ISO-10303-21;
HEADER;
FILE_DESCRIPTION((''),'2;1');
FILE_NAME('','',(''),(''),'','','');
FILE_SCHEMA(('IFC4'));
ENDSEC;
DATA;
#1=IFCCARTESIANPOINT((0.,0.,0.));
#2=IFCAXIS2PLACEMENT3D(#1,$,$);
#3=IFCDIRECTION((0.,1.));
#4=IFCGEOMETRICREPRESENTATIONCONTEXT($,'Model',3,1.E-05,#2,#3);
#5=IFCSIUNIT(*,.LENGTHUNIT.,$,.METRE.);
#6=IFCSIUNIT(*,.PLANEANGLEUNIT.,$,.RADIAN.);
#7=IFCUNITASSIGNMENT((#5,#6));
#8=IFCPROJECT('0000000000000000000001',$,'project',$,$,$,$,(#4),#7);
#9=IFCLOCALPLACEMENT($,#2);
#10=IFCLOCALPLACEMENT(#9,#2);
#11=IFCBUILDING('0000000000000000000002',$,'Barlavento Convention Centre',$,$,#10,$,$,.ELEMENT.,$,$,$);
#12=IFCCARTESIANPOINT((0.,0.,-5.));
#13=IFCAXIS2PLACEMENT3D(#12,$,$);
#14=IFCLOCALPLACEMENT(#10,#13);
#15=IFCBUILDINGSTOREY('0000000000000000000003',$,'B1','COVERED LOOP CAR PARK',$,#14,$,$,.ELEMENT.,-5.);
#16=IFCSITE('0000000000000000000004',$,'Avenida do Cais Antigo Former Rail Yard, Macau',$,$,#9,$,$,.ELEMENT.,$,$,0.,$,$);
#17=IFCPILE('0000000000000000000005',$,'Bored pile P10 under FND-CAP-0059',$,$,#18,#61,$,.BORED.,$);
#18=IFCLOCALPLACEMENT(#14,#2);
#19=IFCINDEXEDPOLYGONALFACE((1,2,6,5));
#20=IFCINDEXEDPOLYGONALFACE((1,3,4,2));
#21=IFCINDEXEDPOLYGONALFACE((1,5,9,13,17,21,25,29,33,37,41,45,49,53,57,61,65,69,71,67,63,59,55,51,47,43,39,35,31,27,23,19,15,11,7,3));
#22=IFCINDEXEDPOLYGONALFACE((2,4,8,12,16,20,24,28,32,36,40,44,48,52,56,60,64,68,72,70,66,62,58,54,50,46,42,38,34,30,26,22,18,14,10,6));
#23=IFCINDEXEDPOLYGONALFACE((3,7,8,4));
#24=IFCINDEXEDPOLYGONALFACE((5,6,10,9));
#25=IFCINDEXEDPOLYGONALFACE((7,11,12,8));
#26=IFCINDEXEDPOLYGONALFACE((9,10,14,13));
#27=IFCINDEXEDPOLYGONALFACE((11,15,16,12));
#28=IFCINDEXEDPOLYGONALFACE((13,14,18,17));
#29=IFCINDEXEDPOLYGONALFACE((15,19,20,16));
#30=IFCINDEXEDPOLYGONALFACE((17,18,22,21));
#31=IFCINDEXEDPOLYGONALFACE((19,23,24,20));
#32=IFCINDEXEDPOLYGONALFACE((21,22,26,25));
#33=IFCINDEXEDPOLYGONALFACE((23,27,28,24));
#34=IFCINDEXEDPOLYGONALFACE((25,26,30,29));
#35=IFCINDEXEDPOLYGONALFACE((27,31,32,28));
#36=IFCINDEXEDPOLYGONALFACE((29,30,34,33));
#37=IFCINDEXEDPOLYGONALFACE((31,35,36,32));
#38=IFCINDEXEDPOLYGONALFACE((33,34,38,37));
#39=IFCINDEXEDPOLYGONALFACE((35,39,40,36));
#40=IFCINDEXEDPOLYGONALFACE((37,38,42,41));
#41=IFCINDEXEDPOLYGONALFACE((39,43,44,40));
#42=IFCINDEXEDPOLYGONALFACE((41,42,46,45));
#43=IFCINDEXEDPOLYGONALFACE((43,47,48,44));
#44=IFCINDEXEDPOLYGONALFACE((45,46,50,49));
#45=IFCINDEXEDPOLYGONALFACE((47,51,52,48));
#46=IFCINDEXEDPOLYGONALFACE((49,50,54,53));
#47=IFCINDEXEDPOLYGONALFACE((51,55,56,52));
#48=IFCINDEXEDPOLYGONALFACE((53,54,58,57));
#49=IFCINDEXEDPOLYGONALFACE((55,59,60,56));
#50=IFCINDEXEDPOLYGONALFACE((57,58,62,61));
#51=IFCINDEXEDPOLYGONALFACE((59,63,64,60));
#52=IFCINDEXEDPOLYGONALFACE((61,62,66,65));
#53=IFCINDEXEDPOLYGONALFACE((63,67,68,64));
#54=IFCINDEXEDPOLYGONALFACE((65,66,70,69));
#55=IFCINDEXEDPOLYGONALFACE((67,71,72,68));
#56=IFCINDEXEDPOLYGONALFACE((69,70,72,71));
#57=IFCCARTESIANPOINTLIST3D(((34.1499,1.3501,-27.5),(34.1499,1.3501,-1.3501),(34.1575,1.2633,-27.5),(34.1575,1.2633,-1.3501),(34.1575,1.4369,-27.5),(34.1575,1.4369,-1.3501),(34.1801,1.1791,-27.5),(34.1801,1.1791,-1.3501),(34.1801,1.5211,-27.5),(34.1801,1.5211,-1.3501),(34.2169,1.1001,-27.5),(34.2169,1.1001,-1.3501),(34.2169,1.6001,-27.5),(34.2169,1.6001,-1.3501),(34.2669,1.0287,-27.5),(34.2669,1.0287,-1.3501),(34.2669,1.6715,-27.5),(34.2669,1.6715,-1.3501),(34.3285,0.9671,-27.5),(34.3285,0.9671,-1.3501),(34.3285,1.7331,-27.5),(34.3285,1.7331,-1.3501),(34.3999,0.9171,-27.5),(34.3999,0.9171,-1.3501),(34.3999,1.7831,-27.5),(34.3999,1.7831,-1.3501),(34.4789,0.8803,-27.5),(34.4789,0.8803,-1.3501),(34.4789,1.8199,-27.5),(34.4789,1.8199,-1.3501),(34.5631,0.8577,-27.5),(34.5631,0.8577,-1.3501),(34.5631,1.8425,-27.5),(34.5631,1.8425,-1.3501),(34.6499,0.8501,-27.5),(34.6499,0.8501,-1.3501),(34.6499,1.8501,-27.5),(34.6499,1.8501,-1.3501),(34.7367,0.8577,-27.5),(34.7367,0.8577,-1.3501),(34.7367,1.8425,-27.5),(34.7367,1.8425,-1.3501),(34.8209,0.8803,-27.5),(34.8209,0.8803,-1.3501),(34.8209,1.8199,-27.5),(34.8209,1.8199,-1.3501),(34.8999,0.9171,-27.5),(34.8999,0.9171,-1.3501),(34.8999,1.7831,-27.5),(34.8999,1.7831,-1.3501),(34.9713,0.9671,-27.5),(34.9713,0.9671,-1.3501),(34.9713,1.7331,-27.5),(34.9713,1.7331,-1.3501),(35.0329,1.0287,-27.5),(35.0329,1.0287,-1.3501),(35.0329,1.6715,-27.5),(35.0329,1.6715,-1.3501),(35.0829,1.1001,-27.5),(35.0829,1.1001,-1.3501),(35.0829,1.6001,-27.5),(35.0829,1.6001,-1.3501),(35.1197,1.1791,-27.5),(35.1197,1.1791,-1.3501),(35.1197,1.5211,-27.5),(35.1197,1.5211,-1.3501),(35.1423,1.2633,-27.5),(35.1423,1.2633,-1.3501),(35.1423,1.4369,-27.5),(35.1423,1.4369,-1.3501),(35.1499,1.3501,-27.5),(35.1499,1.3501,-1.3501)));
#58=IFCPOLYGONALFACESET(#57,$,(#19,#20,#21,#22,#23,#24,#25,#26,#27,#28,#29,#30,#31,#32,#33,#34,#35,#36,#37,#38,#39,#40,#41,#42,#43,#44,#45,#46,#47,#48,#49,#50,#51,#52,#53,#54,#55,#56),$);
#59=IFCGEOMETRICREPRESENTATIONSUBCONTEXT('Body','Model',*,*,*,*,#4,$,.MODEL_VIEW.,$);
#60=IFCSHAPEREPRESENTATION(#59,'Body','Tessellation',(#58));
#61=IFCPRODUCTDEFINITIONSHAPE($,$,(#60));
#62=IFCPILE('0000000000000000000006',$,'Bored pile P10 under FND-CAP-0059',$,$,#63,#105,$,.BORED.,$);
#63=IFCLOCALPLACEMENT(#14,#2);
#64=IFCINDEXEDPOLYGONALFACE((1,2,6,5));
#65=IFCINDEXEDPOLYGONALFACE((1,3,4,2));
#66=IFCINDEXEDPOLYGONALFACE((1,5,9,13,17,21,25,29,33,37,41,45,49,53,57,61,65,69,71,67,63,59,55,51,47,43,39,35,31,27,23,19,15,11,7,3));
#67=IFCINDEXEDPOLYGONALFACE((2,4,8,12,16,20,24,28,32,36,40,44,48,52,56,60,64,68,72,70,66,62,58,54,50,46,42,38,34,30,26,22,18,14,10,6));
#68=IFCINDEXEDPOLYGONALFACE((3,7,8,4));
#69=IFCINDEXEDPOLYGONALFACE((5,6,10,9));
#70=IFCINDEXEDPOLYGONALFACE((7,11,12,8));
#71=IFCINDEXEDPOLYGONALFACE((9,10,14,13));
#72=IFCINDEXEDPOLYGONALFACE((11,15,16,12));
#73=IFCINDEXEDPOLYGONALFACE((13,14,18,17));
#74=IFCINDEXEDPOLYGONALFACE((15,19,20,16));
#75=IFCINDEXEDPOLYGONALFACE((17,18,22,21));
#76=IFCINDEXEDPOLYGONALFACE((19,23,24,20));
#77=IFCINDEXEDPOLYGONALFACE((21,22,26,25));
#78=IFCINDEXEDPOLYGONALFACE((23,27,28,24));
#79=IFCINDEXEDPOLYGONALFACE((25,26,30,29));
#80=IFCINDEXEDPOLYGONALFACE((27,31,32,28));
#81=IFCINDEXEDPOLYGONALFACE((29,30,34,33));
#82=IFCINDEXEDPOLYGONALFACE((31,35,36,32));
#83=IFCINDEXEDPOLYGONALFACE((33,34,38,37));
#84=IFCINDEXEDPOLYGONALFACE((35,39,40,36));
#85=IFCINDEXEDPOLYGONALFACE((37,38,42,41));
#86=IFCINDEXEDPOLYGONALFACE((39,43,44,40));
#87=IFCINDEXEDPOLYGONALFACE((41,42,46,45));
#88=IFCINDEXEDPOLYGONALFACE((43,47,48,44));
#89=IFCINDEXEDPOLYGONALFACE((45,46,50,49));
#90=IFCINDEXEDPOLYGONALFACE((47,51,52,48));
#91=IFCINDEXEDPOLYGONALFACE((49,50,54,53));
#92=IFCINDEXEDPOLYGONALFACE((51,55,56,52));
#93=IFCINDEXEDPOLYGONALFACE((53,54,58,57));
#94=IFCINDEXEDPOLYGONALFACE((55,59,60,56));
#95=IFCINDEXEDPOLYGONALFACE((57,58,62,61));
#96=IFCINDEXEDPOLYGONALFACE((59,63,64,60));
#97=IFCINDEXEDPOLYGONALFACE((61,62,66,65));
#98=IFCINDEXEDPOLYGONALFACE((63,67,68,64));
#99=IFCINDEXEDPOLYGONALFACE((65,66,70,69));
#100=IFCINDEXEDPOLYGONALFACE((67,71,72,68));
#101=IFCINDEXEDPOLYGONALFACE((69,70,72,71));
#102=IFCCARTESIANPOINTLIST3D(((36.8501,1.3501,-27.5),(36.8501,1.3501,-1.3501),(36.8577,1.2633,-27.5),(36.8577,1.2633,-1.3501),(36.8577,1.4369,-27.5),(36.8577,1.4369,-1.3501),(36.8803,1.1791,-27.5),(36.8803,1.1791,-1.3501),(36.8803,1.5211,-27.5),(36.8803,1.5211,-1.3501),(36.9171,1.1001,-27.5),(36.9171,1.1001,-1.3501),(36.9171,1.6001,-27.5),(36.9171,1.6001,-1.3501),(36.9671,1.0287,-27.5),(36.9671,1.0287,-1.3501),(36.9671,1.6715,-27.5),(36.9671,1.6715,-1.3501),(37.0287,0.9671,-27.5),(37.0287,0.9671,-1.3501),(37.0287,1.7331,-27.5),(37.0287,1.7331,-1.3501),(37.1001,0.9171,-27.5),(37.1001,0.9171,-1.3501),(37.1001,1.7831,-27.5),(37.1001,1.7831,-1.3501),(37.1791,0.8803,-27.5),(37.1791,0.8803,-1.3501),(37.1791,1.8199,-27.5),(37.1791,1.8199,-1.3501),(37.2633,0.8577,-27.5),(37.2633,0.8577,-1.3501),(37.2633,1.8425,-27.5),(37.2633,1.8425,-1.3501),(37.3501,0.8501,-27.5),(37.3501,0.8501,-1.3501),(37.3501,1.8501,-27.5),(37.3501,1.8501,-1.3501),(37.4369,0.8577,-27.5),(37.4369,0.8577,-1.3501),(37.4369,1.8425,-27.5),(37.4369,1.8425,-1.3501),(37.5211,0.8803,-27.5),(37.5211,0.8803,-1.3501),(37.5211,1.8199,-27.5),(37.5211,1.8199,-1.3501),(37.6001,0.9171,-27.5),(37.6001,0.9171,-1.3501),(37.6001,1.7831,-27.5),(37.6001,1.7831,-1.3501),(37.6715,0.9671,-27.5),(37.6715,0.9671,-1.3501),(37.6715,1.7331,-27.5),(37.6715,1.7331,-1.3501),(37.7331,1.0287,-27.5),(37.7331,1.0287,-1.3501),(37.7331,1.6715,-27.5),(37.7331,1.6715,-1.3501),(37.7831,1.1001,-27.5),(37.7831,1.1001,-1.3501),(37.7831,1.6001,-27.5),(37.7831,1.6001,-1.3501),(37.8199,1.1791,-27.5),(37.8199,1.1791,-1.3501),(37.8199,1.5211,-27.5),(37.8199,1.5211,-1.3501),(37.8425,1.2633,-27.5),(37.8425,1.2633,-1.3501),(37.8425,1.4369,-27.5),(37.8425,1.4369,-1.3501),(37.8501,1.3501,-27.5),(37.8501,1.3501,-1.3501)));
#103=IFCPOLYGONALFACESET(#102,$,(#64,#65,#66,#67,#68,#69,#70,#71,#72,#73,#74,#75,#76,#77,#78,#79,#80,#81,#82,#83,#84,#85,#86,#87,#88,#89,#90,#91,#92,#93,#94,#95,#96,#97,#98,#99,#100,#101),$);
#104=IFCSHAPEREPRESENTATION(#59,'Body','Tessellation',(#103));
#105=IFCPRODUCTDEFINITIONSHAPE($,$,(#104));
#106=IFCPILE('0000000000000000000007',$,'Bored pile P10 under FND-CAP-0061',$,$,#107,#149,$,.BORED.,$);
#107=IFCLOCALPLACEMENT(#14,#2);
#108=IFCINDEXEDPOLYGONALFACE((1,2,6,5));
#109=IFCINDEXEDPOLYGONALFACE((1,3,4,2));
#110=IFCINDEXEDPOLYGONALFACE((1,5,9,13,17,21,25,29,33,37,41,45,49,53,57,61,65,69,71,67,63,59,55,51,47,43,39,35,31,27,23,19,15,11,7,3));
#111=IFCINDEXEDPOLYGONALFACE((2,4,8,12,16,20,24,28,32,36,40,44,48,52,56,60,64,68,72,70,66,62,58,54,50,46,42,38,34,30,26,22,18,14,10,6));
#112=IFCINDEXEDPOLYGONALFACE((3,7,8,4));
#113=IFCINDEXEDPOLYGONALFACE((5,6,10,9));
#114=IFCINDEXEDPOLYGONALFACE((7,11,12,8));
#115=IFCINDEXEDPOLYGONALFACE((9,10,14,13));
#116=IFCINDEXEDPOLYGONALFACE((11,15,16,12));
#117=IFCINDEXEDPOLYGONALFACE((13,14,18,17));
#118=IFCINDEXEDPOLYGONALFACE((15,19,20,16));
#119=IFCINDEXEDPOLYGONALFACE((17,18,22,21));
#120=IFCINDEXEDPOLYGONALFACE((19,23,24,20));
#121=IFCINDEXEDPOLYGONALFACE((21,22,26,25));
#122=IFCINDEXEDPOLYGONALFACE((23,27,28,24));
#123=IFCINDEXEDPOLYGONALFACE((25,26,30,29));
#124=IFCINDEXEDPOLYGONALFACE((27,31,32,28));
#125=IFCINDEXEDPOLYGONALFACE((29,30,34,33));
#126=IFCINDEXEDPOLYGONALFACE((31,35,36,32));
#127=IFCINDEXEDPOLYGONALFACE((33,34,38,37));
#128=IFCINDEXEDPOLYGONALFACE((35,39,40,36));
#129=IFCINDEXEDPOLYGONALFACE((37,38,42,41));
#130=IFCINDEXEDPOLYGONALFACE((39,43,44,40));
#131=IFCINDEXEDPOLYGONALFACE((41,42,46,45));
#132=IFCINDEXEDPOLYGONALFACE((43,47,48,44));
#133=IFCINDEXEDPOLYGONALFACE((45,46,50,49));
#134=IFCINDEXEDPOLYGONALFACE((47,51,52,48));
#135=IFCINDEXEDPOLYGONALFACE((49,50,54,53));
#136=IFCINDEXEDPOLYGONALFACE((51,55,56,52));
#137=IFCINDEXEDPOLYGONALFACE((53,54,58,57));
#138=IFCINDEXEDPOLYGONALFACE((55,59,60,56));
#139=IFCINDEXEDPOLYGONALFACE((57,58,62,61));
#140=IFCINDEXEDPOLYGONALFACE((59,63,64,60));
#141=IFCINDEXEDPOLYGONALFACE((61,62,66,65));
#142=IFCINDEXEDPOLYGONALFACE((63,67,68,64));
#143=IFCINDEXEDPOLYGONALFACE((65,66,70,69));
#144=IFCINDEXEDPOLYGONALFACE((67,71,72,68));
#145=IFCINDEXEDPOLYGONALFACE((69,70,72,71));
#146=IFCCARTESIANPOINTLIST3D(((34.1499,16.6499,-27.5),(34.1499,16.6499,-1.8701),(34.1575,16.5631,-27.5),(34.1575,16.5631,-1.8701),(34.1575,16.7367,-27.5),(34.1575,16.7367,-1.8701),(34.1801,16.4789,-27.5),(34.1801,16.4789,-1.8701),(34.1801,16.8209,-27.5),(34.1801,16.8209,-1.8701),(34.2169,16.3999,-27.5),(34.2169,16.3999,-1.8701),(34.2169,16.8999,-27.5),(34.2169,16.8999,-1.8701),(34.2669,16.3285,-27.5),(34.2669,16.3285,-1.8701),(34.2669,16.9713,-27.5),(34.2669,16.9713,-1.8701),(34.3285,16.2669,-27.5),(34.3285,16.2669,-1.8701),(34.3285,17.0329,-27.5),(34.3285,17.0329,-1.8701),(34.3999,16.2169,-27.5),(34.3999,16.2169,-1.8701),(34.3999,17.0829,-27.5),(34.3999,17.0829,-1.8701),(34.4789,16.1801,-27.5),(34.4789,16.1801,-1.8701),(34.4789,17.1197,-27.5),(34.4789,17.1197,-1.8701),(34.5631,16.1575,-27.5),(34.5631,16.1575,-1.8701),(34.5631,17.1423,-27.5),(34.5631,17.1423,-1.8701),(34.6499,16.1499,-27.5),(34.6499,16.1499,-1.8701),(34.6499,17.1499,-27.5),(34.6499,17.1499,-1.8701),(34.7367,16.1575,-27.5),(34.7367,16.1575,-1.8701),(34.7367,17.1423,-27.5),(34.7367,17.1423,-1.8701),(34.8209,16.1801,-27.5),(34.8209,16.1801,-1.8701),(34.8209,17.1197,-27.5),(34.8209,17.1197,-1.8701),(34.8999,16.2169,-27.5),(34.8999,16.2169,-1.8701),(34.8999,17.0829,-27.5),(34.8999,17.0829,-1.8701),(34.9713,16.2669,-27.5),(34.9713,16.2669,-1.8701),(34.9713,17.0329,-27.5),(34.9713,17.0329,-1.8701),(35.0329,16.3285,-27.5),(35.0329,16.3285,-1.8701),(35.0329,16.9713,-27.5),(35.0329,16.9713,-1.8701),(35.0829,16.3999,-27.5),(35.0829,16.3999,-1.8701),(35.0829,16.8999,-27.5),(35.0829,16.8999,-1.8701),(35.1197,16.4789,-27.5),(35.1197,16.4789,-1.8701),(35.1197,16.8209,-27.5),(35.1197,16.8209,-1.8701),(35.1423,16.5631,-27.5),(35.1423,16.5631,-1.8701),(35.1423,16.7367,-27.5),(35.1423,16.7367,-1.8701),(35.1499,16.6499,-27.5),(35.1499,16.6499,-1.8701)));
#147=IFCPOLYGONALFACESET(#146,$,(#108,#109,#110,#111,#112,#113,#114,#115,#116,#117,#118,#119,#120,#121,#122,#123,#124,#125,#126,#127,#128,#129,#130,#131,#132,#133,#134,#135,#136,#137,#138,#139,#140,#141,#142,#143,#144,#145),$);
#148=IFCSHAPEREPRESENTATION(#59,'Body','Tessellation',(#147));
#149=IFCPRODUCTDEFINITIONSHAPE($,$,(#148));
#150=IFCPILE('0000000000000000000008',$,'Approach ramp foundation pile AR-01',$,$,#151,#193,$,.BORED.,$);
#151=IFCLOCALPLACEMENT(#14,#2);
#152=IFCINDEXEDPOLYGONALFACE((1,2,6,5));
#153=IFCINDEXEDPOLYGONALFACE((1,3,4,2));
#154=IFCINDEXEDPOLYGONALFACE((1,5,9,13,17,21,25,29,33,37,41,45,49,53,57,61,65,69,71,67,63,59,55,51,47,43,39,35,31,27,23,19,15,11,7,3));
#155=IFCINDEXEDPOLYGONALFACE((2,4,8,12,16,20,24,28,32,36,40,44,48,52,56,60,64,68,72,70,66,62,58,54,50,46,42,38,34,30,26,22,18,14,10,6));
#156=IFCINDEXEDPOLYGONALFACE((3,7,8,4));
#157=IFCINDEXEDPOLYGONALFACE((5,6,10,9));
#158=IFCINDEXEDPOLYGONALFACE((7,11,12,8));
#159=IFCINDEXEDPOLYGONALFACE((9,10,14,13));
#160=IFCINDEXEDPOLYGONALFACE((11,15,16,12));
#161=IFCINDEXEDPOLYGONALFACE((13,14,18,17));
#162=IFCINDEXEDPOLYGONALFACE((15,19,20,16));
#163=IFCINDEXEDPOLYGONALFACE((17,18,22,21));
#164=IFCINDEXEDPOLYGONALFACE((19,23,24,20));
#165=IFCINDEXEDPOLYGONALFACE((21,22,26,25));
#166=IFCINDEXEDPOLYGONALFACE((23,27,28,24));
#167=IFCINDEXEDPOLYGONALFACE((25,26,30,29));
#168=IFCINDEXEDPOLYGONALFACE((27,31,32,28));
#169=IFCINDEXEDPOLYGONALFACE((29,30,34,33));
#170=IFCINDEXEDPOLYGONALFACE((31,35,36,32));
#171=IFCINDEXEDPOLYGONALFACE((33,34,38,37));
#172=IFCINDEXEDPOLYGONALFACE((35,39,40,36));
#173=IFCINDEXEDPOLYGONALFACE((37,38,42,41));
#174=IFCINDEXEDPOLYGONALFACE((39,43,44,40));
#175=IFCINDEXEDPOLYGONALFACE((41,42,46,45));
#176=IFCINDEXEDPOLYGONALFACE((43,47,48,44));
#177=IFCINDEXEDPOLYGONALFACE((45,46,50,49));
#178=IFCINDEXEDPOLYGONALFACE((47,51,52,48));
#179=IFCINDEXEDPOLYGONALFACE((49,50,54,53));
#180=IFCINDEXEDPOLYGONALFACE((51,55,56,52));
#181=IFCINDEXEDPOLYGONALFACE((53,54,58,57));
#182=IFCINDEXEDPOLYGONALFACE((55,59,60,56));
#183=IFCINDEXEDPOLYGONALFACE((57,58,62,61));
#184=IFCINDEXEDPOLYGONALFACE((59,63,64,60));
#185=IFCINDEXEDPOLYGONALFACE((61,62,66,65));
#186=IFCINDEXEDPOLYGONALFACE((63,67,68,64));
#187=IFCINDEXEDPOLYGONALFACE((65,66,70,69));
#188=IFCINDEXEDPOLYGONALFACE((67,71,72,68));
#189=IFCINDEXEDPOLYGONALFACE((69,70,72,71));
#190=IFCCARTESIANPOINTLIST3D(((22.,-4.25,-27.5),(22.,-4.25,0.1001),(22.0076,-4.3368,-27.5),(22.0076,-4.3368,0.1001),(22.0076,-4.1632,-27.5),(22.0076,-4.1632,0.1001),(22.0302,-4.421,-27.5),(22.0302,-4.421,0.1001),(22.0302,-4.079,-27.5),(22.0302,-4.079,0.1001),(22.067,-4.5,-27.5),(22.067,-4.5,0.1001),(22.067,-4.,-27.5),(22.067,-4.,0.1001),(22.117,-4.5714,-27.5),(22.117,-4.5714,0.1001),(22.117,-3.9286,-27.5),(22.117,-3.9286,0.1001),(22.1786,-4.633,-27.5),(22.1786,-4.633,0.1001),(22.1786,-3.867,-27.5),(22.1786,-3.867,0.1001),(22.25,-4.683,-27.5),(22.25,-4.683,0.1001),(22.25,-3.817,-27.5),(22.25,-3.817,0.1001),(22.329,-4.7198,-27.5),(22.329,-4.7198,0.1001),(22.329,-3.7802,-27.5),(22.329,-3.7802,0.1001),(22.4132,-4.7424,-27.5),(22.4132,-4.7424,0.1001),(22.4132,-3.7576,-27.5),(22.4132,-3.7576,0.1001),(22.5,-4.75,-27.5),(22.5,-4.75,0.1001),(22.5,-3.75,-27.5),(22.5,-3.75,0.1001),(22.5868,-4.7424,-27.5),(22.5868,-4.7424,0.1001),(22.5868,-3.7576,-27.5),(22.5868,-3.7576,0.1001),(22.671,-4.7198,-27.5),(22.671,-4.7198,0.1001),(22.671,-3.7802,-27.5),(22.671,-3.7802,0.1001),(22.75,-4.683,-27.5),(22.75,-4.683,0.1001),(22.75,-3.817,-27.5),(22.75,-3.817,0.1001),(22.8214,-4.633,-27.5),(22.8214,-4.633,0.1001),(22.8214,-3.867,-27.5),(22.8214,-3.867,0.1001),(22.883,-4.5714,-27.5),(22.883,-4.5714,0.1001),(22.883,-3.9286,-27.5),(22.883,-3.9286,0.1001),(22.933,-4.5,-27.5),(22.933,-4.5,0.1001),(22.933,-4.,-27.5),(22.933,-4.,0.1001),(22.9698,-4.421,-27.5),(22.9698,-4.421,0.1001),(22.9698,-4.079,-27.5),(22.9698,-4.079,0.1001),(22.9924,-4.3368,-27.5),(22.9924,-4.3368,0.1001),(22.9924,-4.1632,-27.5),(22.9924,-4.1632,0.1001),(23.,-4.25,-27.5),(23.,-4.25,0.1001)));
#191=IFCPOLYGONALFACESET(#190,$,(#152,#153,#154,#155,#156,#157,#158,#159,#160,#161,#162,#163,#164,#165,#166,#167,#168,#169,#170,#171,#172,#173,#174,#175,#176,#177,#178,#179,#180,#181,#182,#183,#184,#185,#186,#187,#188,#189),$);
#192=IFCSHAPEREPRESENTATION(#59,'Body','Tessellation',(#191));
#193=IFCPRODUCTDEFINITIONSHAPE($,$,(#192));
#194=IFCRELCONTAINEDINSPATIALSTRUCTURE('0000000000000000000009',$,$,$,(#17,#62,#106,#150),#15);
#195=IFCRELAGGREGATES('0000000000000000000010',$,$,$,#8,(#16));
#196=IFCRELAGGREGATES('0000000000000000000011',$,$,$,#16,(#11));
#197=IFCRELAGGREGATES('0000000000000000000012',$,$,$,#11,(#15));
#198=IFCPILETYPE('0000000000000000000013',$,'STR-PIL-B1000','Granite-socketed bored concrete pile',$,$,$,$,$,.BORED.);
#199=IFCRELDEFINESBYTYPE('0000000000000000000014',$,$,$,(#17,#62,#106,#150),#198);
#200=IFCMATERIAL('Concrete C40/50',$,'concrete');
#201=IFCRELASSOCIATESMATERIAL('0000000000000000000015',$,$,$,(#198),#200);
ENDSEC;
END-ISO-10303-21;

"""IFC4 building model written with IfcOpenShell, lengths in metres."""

from ifc_helpers import new_model, si_unit, direction, frame, origin, origin_2d, place, context, subcontext, project, spatial, circle, extrude, material, material_profile, profile_set, type_object, element, save


model = new_model("IFC4")

# Units and contexts
model_context = context("Model", 3, precision=1e-05, world=origin(), true_north=direction((0.0, 1.0)))
body_context = subcontext(model_context, "Body", "Model", "MODEL_VIEW")
ifc_project = project(units=[si_unit("LENGTHUNIT", "METRE"), si_unit("PLANEANGLEUNIT", "RADIAN")], contexts=[model_context])

# Site, building, storey
site_placement = place(None, origin())
site = spatial("IfcSite", under=ifc_project, at=site_placement, Name="Avenida do Cais Antigo Former Rail Yard, Macau", CompositionType="ELEMENT", RefElevation=0.0)
building_placement = place(site_placement, origin())
building = spatial("IfcBuilding", under=site, at=building_placement, Name="Barlavento Convention Centre", CompositionType="ELEMENT")
storey_placement = place(building_placement, frame((0.0, 0.0, -5.0)))
storey = spatial("IfcBuildingStorey", under=building, at=storey_placement, Name="B1", Description="COVERED LOOP CAR PARK", CompositionType="ELEMENT", Elevation=-5.0)

# Shared definitions
ifc_material_1 = material(Name="Concrete C40/50", Category="concrete")

# Piles
ifc_material_profile_1 = material_profile(ifc_material_1, circle(Radius=0.5, at=origin_2d()), Name="BORED PILE 1000")
ifc_profile_set_1 = profile_set([ifc_material_profile_1], Name="Concrete C40/50")
pile_type_1 = type_object("IfcPileType", Name="STR-PIL-B1000", Description="Granite-socketed bored concrete pile", PredefinedType="BORED", material=ifc_profile_set_1)
for number, where, z_axis, x_axis, name in (
    (1, (34.6499, 1.3501, -1.3501), (0.0, 0.0, -1.0), (1.0, 0.0, 0.0), "Bored pile P10 under FND-CAP-0059"),
    (2, (37.3501, 1.3501, -1.3501), (0.0, 0.0, -1.0), (1.0, 0.0, 0.0), "Bored pile P10 under FND-CAP-0059"),
):
    element("IfcPile", number, at=place(storey_placement, frame(where, z_axis=z_axis, x_axis=x_axis)), inside=storey, type_object=pile_type_1, Name=name, PredefinedType="BORED", context=body_context, shape_type="SweptSolid", body=[
        extrude(circle(Radius=0.5, at=origin_2d()), origin(), (0.0, 0.0, 1.0), 26.1499),
    ])
pile_1_placement = place(storey_placement, frame((34.6499, 16.6499, -1.8701), z_axis=(0.0, 0.0, -1.0), x_axis=(1.0, 0.0, 0.0)))
element("IfcPile", 3, at=pile_1_placement, inside=storey, type_object=pile_type_1, Name="Bored pile P10 under FND-CAP-0061", PredefinedType="BORED", context=body_context, shape_type="SweptSolid", body=[
    extrude(circle(Radius=0.5, at=origin_2d()), origin(), (0.0, 0.0, 1.0), 25.6299),
])
pile_2_placement = place(storey_placement, frame((22.5, -4.25, 0.1001), z_axis=(0.0, 0.0, -1.0), x_axis=(1.0, 0.0, 0.0)))
element("IfcPile", 4, at=pile_2_placement, inside=storey, type_object=pile_type_1, Name="Approach ramp foundation pile AR-01", PredefinedType="BORED", context=body_context, shape_type="SweptSolid", body=[
    extrude(circle(Radius=0.5, at=origin_2d()), origin(), (0.0, 0.0, 1.0), 27.6001),
])

save(model, "model.ifc")
